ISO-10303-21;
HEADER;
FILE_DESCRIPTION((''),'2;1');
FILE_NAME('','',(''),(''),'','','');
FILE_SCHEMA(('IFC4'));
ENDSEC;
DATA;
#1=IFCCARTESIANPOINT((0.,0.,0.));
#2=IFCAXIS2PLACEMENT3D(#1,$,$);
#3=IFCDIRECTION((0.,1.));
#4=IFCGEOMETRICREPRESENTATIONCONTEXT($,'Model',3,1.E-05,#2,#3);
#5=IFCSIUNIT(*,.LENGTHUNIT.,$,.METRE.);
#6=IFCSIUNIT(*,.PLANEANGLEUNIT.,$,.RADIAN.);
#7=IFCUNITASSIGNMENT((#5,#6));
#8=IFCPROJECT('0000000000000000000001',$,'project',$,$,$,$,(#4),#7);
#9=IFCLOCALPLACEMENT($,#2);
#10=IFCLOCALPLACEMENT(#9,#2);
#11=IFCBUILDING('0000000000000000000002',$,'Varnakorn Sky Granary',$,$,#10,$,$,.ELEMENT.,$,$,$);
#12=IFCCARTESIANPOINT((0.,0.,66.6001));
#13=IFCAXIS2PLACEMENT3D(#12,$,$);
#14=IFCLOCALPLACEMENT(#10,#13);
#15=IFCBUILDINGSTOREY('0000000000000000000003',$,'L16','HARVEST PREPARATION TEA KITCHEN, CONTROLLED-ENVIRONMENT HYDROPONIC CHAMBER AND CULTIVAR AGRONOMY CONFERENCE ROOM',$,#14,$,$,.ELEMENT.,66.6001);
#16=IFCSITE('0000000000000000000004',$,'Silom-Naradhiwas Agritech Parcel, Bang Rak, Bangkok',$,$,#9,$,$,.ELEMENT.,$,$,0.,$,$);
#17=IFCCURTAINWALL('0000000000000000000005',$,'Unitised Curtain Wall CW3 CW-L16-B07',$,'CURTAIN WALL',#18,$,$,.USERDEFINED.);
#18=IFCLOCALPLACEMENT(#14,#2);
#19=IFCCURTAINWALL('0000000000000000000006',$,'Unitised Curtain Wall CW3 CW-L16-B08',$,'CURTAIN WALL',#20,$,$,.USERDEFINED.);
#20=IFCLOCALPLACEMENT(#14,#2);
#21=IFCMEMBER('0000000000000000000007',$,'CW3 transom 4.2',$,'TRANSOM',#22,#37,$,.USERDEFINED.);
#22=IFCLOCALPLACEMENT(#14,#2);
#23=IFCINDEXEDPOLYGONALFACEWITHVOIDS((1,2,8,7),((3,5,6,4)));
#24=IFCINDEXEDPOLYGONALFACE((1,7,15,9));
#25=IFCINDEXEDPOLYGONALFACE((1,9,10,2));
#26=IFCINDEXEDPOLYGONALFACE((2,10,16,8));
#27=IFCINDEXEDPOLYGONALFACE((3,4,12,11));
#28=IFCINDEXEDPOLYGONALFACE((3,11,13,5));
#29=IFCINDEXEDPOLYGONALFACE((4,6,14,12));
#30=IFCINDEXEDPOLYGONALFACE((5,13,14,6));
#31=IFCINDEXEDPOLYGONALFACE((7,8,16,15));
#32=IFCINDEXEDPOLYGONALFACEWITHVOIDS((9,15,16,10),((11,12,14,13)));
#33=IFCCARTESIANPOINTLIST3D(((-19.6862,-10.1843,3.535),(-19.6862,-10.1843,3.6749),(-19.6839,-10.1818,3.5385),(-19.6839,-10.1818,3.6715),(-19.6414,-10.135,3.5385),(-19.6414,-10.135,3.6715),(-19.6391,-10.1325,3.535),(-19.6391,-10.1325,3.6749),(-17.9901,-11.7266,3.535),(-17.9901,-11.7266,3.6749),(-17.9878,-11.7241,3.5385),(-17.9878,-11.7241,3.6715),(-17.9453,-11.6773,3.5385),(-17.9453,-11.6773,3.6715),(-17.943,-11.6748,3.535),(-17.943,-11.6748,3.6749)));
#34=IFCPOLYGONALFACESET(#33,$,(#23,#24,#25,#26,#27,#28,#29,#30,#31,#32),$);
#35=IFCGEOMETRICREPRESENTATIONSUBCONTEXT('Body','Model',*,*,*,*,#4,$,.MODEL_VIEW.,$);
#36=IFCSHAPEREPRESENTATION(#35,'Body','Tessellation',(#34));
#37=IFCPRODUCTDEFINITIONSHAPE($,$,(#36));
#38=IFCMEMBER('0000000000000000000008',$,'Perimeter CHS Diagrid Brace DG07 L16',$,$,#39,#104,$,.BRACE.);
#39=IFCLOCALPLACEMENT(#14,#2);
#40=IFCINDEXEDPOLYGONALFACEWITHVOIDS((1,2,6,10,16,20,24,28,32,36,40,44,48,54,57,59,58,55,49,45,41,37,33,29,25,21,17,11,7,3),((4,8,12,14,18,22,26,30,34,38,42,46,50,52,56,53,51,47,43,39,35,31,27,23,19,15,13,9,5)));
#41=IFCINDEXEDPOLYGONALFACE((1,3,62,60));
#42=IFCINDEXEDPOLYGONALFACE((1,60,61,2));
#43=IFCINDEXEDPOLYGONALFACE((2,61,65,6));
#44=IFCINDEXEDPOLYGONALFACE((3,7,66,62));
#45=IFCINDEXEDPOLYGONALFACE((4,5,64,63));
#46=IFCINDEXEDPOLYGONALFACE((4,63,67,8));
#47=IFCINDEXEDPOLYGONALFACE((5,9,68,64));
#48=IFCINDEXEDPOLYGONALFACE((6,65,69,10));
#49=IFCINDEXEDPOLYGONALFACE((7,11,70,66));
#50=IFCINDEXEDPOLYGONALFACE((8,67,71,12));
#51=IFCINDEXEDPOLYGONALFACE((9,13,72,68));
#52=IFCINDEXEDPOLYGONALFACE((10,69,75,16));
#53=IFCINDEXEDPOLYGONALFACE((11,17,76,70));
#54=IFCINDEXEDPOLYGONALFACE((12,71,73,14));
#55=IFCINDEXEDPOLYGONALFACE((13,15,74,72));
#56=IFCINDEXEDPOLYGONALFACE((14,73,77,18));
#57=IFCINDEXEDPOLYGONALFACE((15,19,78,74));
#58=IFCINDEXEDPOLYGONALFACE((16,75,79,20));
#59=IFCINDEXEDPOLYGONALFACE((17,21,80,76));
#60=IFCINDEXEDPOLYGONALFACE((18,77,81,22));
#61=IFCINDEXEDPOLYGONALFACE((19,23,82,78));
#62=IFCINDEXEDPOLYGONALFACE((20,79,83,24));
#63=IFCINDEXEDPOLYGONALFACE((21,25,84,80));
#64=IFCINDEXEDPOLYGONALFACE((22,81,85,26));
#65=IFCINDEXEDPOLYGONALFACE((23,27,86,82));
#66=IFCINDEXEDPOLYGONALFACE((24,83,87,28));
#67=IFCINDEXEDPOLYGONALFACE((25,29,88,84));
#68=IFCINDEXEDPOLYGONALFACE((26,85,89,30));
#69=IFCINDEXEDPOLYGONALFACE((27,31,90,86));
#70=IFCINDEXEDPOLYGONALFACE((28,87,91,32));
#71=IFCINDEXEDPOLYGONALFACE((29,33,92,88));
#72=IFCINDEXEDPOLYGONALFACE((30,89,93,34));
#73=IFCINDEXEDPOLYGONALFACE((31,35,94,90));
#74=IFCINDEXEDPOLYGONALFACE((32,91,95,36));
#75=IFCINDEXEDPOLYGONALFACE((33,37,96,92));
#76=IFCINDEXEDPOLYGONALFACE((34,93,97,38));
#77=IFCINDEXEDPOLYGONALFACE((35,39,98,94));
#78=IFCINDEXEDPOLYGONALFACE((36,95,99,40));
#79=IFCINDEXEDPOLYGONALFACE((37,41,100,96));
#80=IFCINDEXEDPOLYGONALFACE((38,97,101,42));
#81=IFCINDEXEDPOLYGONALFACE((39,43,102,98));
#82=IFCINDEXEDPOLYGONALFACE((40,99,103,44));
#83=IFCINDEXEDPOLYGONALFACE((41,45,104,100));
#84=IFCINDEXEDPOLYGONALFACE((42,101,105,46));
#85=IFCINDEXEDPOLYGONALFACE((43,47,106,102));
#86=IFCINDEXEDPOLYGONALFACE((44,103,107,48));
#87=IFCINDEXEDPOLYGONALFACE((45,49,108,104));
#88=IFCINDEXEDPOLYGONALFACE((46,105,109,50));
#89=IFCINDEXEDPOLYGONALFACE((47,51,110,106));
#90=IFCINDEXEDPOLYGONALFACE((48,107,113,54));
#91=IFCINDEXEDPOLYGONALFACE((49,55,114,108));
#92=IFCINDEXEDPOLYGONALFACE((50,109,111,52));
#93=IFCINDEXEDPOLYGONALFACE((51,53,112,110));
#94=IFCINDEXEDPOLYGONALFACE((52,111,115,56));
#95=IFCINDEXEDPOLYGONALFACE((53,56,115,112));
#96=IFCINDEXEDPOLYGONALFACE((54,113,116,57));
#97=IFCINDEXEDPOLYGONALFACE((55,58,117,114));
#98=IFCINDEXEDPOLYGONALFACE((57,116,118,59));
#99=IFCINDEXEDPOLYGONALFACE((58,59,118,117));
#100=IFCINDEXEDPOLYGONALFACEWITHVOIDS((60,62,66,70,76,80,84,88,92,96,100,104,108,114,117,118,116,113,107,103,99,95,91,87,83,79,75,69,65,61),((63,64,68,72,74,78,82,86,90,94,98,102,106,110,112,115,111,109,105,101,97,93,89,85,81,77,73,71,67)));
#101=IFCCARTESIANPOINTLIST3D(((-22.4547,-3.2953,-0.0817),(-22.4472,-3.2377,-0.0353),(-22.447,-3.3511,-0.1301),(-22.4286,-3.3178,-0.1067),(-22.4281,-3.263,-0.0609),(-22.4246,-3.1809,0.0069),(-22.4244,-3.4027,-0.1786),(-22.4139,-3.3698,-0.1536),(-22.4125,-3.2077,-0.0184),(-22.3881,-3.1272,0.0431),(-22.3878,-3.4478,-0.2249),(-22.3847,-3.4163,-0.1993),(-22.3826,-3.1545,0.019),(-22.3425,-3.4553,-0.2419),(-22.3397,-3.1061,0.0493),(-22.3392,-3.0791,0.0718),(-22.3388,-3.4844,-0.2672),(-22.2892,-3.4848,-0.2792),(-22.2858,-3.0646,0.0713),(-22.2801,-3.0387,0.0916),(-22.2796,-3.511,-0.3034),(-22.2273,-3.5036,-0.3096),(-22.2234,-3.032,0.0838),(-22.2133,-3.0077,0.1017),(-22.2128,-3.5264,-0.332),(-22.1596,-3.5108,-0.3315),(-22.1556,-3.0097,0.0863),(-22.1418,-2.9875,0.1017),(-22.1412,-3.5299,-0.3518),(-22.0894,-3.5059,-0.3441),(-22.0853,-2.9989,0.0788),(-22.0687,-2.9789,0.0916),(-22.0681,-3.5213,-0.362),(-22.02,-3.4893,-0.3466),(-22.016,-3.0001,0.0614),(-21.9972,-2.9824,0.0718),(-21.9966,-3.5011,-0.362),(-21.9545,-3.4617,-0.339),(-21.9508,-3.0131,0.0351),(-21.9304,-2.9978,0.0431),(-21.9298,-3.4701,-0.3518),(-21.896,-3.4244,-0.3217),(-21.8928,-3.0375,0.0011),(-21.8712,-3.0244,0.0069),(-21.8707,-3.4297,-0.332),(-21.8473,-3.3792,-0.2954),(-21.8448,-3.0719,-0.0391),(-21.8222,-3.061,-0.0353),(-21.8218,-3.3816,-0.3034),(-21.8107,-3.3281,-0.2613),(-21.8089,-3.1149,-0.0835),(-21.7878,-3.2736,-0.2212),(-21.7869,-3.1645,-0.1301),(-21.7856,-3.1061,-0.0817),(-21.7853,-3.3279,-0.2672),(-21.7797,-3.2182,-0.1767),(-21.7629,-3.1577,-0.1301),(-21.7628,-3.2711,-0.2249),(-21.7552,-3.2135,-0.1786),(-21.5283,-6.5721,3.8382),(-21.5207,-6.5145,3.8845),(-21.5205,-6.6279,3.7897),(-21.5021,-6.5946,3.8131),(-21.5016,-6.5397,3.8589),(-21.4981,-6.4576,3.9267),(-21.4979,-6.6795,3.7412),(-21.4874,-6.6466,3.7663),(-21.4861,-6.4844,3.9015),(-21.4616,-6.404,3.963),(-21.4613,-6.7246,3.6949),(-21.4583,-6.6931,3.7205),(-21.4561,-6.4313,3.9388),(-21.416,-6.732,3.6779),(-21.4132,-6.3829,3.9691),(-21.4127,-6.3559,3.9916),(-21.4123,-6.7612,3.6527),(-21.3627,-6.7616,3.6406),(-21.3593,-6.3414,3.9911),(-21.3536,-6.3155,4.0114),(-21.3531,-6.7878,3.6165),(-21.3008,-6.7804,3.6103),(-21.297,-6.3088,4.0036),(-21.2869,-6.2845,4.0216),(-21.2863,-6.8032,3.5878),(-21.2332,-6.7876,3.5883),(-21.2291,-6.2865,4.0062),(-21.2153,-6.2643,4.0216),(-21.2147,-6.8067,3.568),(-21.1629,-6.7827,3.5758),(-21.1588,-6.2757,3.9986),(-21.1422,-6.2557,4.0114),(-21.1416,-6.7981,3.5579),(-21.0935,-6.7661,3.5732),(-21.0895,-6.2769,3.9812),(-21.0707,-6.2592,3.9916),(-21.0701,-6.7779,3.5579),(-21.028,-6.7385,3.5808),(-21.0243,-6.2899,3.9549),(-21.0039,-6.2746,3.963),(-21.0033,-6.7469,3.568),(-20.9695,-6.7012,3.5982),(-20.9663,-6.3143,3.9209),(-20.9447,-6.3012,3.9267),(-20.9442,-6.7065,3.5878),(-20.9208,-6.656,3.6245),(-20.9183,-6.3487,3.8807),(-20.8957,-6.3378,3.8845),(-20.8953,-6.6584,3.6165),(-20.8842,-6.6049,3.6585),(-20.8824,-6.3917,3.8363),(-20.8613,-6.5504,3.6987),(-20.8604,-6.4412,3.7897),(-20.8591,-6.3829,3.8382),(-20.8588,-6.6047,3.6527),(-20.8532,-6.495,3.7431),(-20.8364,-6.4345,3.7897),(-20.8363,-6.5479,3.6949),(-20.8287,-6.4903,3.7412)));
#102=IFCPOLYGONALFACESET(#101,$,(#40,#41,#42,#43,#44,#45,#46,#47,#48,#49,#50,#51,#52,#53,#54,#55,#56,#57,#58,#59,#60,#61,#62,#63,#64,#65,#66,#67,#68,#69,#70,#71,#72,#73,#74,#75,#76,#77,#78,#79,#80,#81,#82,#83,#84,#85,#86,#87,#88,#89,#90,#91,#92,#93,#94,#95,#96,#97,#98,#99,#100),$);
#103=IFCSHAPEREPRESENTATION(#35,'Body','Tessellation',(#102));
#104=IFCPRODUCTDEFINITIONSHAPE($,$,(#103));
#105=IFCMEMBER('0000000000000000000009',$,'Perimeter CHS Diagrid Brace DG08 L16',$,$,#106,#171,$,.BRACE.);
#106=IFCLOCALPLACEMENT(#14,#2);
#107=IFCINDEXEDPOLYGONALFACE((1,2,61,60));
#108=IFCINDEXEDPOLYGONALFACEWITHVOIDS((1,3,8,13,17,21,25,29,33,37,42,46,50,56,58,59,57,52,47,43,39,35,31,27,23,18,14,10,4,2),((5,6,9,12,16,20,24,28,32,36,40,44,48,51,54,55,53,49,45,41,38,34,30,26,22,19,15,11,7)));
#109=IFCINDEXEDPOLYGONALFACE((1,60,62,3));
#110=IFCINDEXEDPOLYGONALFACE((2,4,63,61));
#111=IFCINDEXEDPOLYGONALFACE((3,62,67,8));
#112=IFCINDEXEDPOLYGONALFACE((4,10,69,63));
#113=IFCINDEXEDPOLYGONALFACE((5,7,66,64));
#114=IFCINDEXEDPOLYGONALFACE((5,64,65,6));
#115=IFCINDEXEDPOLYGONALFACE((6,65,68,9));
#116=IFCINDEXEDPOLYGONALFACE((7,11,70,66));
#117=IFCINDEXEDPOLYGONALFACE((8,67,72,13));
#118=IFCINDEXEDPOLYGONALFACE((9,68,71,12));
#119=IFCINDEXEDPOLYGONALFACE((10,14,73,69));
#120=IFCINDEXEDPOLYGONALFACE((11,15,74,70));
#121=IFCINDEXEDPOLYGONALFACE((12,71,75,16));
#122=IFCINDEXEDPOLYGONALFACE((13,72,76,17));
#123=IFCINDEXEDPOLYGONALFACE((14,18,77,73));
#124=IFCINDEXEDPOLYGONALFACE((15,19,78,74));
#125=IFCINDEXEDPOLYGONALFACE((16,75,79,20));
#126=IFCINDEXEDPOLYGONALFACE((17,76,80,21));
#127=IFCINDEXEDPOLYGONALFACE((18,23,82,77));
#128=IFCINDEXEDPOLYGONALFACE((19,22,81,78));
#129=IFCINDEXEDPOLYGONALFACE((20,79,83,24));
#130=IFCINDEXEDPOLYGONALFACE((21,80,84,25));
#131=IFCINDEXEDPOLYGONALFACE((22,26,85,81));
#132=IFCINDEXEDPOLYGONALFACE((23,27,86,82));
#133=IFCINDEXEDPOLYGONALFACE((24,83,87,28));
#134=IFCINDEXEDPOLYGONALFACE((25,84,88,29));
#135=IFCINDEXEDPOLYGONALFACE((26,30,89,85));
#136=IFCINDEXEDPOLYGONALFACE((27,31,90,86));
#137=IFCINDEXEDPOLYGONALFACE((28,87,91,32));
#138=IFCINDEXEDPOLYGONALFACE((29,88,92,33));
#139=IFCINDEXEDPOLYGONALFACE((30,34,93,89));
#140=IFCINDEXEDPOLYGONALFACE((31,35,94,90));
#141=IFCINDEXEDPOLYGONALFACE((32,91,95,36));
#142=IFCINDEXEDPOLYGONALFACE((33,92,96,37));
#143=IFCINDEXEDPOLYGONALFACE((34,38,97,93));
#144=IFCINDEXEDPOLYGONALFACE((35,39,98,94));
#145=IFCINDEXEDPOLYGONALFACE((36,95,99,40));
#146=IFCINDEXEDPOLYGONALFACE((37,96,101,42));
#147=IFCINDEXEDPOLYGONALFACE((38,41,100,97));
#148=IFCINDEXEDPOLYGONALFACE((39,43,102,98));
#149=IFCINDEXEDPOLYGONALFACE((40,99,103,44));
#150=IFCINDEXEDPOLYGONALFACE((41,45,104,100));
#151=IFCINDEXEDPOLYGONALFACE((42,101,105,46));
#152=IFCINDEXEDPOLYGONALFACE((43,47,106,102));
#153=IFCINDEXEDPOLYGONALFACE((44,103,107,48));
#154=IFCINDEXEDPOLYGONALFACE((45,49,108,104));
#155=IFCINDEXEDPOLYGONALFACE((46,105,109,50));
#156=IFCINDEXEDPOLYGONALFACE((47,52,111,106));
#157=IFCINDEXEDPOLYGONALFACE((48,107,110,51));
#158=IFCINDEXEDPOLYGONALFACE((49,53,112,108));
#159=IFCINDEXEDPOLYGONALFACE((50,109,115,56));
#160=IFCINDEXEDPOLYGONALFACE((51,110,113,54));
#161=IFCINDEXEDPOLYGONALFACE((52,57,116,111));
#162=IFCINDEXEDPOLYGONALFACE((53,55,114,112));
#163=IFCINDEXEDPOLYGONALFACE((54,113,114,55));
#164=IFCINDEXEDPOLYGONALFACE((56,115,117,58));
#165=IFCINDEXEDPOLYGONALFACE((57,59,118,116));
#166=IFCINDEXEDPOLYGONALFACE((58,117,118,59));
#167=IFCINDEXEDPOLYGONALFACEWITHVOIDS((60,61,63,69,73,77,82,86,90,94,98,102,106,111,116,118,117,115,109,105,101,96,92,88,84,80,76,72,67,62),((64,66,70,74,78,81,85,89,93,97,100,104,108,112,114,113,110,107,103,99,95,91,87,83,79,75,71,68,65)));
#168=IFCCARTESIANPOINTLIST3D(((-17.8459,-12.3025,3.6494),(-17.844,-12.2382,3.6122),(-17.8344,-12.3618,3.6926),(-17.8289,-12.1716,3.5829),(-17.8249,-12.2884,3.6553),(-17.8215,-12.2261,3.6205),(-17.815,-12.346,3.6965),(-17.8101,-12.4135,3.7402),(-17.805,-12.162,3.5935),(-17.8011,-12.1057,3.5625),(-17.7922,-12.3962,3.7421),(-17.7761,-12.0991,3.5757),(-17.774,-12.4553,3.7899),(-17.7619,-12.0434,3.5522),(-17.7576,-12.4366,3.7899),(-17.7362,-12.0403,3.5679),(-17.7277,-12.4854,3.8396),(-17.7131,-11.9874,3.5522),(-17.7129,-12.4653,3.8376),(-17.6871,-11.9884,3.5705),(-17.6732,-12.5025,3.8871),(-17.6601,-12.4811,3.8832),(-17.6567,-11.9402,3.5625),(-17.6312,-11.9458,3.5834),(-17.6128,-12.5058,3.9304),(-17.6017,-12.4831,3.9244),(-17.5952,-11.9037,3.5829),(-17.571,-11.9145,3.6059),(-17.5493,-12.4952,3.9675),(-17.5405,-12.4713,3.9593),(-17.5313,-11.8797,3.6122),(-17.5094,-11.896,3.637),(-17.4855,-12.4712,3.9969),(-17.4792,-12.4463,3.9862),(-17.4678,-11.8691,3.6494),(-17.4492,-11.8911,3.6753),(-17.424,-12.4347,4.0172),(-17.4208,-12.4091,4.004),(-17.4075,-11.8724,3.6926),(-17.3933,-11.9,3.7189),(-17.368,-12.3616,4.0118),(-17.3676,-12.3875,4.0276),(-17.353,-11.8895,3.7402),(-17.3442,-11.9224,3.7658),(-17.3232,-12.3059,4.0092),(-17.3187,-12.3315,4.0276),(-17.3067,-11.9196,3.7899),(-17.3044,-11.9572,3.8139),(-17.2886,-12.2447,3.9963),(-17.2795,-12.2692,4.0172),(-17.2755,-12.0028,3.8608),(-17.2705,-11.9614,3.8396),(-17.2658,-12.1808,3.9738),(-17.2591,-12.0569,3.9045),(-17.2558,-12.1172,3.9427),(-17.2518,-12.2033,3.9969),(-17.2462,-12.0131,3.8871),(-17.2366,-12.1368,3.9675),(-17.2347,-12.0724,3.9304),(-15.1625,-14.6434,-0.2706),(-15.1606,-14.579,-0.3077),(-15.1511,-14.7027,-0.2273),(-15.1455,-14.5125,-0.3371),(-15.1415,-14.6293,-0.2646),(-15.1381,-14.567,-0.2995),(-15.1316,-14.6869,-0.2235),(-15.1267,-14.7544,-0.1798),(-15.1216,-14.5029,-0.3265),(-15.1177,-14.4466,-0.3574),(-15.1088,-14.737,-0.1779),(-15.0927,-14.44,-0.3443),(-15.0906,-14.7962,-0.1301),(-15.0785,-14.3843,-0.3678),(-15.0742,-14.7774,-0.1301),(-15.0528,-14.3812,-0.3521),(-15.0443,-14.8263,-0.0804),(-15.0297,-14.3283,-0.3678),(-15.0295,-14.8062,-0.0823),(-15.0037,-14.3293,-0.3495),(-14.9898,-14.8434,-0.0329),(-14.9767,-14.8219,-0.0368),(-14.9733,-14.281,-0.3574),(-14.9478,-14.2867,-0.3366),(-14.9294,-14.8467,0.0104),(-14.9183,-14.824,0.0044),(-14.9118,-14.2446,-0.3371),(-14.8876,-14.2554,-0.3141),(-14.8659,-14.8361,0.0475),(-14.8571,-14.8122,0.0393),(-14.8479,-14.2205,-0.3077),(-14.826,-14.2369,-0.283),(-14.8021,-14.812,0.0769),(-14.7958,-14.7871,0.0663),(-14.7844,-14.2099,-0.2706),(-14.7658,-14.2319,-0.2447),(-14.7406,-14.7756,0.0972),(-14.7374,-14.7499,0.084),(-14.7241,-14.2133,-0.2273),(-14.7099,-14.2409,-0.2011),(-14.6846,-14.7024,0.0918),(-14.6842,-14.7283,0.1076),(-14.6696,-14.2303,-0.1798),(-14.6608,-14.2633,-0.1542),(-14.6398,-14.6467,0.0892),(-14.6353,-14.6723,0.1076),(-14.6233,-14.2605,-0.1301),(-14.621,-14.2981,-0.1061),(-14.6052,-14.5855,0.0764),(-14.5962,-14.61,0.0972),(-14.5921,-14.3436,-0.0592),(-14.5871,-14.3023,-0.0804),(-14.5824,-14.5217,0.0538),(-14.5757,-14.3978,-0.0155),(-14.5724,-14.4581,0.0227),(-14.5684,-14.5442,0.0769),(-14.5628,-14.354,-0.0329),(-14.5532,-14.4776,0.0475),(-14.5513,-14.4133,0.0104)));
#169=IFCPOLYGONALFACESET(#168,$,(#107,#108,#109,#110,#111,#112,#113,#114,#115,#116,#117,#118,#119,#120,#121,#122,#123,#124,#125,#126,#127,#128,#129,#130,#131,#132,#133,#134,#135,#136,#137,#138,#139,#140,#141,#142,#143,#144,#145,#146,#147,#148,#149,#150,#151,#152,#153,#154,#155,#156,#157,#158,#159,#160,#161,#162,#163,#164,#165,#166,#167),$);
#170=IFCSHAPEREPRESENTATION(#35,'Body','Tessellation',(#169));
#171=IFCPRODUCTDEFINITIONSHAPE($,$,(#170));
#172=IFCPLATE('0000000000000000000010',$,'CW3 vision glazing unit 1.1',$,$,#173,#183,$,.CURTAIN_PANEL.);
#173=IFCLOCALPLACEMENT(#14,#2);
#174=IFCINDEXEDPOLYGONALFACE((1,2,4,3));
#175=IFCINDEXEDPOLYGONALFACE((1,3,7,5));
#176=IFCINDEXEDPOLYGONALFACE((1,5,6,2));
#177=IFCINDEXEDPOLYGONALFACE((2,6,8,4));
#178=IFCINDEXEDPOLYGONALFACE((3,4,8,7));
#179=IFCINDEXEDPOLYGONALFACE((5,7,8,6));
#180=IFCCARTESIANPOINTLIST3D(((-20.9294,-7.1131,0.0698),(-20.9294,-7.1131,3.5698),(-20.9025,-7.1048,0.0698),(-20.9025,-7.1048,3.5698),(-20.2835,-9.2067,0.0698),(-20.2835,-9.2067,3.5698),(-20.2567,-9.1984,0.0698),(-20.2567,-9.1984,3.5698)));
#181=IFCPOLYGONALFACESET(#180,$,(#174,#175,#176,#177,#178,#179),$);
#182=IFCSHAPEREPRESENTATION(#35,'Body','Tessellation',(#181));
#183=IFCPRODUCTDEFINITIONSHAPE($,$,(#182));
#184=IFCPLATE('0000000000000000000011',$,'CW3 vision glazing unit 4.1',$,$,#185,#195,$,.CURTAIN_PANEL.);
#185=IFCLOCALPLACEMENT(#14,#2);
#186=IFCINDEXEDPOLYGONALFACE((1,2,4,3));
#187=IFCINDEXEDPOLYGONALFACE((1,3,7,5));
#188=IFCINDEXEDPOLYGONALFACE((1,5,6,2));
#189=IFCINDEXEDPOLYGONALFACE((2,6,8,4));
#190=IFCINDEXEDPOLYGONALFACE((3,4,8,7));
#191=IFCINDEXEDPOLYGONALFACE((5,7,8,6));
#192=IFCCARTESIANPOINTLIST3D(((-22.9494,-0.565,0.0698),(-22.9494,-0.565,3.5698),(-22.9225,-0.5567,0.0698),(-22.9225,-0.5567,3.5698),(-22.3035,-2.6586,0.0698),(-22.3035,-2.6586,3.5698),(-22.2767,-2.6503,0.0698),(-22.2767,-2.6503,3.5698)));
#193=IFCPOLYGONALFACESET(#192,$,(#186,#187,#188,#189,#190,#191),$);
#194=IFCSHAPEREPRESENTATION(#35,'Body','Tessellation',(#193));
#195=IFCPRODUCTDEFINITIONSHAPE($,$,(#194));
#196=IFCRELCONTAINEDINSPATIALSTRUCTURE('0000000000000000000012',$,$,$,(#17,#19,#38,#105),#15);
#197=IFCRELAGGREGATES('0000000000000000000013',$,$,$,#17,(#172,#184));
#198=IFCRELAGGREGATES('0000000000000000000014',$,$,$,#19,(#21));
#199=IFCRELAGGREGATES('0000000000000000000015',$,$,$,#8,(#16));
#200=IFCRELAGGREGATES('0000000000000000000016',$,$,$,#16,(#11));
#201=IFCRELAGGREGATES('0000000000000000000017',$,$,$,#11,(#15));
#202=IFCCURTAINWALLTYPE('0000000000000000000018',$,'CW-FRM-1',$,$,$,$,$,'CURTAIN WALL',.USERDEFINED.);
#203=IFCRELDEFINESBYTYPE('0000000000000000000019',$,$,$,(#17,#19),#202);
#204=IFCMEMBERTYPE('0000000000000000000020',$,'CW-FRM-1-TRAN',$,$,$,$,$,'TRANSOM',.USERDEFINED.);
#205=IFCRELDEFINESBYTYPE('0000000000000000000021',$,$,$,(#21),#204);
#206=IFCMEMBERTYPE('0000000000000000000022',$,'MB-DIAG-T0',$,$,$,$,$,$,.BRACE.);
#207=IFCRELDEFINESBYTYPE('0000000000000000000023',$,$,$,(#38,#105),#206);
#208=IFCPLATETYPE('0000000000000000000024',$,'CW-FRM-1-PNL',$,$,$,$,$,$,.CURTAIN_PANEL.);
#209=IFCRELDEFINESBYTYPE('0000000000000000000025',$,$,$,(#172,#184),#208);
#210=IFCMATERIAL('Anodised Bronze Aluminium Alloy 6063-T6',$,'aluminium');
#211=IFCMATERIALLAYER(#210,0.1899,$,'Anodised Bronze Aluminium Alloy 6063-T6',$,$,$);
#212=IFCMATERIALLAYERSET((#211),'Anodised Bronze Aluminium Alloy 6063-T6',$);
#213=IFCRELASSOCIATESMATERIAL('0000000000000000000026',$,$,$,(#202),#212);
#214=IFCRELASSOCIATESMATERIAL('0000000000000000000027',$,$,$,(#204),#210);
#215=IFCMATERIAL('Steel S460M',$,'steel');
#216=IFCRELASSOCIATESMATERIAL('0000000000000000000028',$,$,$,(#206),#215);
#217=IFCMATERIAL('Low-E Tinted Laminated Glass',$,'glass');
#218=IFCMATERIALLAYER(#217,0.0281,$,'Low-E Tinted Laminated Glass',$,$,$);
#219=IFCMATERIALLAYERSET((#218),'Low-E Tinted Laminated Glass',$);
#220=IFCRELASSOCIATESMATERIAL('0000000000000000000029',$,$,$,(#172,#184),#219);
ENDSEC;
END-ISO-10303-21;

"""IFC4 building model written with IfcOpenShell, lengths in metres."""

from ifc_helpers import new_model, si_unit, direction, frame, origin, origin_2d, place, context, subcontext, project, spatial, rectangle, hollow_rectangle, hollow_circle, extrude, source, transform, mapped, material, layer, layer_set, material_profile, profile_set, type_object, element, aggregate, save


model = new_model("IFC4")

# Units and contexts
model_context = context("Model", 3, precision=1e-05, world=origin(), true_north=direction((0.0, 1.0)))
body_context = subcontext(model_context, "Body", "Model", "MODEL_VIEW")
ifc_project = project(units=[si_unit("LENGTHUNIT", "METRE"), si_unit("PLANEANGLEUNIT", "RADIAN")], contexts=[model_context])

# Site, building, storey
site_placement = place(None, origin())
site = spatial("IfcSite", under=ifc_project, at=site_placement, Name="Silom-Naradhiwas Agritech Parcel, Bang Rak, Bangkok", CompositionType="ELEMENT", RefElevation=0.0)
building_placement = place(site_placement, origin())
building = spatial("IfcBuilding", under=site, at=building_placement, Name="Varnakorn Sky Granary", CompositionType="ELEMENT")
storey_placement = place(building_placement, frame((0.0, 0.0, 66.6001)))
storey = spatial("IfcBuildingStorey", under=building, at=storey_placement, Name="L16", Description="HARVEST PREPARATION TEA KITCHEN, CONTROLLED-ENVIRONMENT HYDROPONIC CHAMBER AND CULTIVAR AGRONOMY CONFERENCE ROOM", CompositionType="ELEMENT", Elevation=66.6001)

# Shared definitions
ifc_material_1 = material(Name="Steel S460M", Category="steel")

# Curtain walls
ifc_material_2 = material(Name="Anodised Bronze Aluminium Alloy 6063-T6", Category="aluminium")
ifc_layer_1 = layer(ifc_material_2, 0.1899, Name="Anodised Bronze Aluminium Alloy 6063-T6")
ifc_layer_set_1 = layer_set([ifc_layer_1], Name="Anodised Bronze Aluminium Alloy 6063-T6")
curtain_wall_type = type_object("IfcCurtainWallType", Name="CW-FRM-1", ElementType="CURTAIN WALL", PredefinedType="USERDEFINED", material=ifc_layer_set_1)
curtain_wall_1_placement = place(storey_placement, origin())
curtain_wall_1 = element("IfcCurtainWall", 1, at=curtain_wall_1_placement, inside=storey, type_object=curtain_wall_type, Name="Unitised Curtain Wall CW3 CW-L16-B07", ObjectType="CURTAIN WALL", PredefinedType="USERDEFINED")
curtain_wall_2_placement = place(storey_placement, origin())
curtain_wall_2 = element("IfcCurtainWall", 2, at=curtain_wall_2_placement, inside=storey, type_object=curtain_wall_type, Name="Unitised Curtain Wall CW3 CW-L16-B08", ObjectType="CURTAIN WALL", PredefinedType="USERDEFINED")

# Member
ifc_material_profile_1 = material_profile(ifc_material_2, hollow_rectangle(XDim=0.0701, YDim=0.1399, WallThickness=0.0034, at=origin_2d()), Name="ALU TRAN 70x140")
ifc_profile_set_1 = profile_set([ifc_material_profile_1], Name="Anodised Bronze Aluminium Alloy 6063-T6")
member_type_1 = type_object("IfcMemberType", Name="CW-FRM-1-TRAN", ElementType="TRANSOM", PredefinedType="USERDEFINED", material=ifc_profile_set_1)
member_1_placement = place(storey_placement, frame((-17.9666, -11.7007, 3.605), z_axis=(-0.739858, 0.672763, 0.0), x_axis=(-0.672763, -0.739858, 0.0)))
member_1 = element("IfcMember", 3, at=member_1_placement, type_object=member_type_1, Name="CW3 transom 4.2", ObjectType="TRANSOM", PredefinedType="USERDEFINED", context=body_context, shape_type="SweptSolid", body=[
    extrude(hollow_rectangle(XDim=0.0701, YDim=0.1399, WallThickness=0.0034, at=origin_2d()), origin(), (0.0, 0.0, 1.0), 2.2925),
])

# Members
ifc_material_profile_2 = material_profile(ifc_material_1, hollow_circle(Radius=0.3555, WallThickness=0.0249, at=origin_2d()), Name="CHS 711x25")
ifc_profile_set_2 = profile_set([ifc_material_profile_2], Name="Steel S460M")
member_type_2 = type_object("IfcMemberType", Name="MB-DIAG-T0", PredefinedType="BRACE", material=ifc_profile_set_2)
member_2_placement = place(storey_placement, frame((-22.105, -3.2544, -0.1301), z_axis=(0.178433, -0.631075, 0.754921), x_axis=(0.962275, 0.272078, 0.0)))
element("IfcMember", 4, at=member_2_placement, inside=storey, type_object=member_type_2, Name="Perimeter CHS Diagrid Brace DG07 L16", PredefinedType="BRACE", context=body_context, shape_type="SweptSolid", body=[
    extrude(hollow_circle(Radius=0.3555, WallThickness=0.0249, at=origin_2d()), origin(), (0.0, 0.0, 1.0), 5.1924),
])
member_3_placement = place(storey_placement, frame((-14.8569, -14.5283, -0.1301), z_axis=(-0.506693, 0.442014, 0.740193), x_axis=(-0.657373, -0.753565, 0.0)))
element("IfcMember", 5, at=member_3_placement, inside=storey, type_object=member_type_2, Name="Perimeter CHS Diagrid Brace DG08 L16", PredefinedType="BRACE", context=body_context, shape_type="SweptSolid", body=[
    extrude(hollow_circle(Radius=0.3555, WallThickness=0.0249, at=origin_2d()), origin(), (0.0, 0.0, 1.0), 5.2959),
])

# Plates
ifc_material_3 = material(Name="Low-E Tinted Laminated Glass", Category="glass")
ifc_layer_2 = layer(ifc_material_3, 0.0281, Name="Low-E Tinted Laminated Glass")
ifc_layer_set_2 = layer_set([ifc_layer_2], Name="Low-E Tinted Laminated Glass")
plate_type = type_object("IfcPlateType", Name="CW-FRM-1-PNL", PredefinedType="CURTAIN_PANEL")
shared_shape_1 = source(origin(), body_context, "Body", "SweptSolid", [
    extrude(rectangle(XDim=2.1909, YDim=0.0281, at=origin_2d()), origin(), (0.0, 0.0, 1.0), 3.5),
])
plate_1_placement = place(storey_placement, frame((-20.593, -8.1558, 0.0698), z_axis=(0.0, 0.0, 1.0), x_axis=(-0.294787, 0.955563, 0.0)))
plate_1 = element("IfcPlate", 6, at=plate_1_placement, type_object=plate_type, material=ifc_layer_set_2, Name="CW3 vision glazing unit 1.1", PredefinedType="CURTAIN_PANEL", context=body_context, shape_type="MappedRepresentation", body=[
    mapped(shared_shape_1, transform((0.0, 0.0, 0.0), x_axis=(1.0, 0.0, 0.0), y_axis=(0.0, 1.0, 0.0), z_axis=(0.0, 0.0, 1.0), scale=1.0)),
])
plate_2_placement = place(storey_placement, frame((-22.613, -1.6077, 0.0698), z_axis=(0.0, 0.0, 1.0), x_axis=(-0.294787, 0.955563, 0.0)))
plate_2 = element("IfcPlate", 7, at=plate_2_placement, type_object=plate_type, material=ifc_layer_set_2, Name="CW3 vision glazing unit 4.1", PredefinedType="CURTAIN_PANEL", context=body_context, shape_type="MappedRepresentation", body=[
    mapped(shared_shape_1, transform((0.0, 0.0, 0.0), x_axis=(1.0, 0.0, 0.0), y_axis=(0.0, 1.0, 0.0), z_axis=(0.0, 0.0, 1.0), scale=1.0)),
])
aggregate(curtain_wall_1, [plate_1, plate_2])
aggregate(curtain_wall_2, [member_1])

save(model, "model.ifc")
